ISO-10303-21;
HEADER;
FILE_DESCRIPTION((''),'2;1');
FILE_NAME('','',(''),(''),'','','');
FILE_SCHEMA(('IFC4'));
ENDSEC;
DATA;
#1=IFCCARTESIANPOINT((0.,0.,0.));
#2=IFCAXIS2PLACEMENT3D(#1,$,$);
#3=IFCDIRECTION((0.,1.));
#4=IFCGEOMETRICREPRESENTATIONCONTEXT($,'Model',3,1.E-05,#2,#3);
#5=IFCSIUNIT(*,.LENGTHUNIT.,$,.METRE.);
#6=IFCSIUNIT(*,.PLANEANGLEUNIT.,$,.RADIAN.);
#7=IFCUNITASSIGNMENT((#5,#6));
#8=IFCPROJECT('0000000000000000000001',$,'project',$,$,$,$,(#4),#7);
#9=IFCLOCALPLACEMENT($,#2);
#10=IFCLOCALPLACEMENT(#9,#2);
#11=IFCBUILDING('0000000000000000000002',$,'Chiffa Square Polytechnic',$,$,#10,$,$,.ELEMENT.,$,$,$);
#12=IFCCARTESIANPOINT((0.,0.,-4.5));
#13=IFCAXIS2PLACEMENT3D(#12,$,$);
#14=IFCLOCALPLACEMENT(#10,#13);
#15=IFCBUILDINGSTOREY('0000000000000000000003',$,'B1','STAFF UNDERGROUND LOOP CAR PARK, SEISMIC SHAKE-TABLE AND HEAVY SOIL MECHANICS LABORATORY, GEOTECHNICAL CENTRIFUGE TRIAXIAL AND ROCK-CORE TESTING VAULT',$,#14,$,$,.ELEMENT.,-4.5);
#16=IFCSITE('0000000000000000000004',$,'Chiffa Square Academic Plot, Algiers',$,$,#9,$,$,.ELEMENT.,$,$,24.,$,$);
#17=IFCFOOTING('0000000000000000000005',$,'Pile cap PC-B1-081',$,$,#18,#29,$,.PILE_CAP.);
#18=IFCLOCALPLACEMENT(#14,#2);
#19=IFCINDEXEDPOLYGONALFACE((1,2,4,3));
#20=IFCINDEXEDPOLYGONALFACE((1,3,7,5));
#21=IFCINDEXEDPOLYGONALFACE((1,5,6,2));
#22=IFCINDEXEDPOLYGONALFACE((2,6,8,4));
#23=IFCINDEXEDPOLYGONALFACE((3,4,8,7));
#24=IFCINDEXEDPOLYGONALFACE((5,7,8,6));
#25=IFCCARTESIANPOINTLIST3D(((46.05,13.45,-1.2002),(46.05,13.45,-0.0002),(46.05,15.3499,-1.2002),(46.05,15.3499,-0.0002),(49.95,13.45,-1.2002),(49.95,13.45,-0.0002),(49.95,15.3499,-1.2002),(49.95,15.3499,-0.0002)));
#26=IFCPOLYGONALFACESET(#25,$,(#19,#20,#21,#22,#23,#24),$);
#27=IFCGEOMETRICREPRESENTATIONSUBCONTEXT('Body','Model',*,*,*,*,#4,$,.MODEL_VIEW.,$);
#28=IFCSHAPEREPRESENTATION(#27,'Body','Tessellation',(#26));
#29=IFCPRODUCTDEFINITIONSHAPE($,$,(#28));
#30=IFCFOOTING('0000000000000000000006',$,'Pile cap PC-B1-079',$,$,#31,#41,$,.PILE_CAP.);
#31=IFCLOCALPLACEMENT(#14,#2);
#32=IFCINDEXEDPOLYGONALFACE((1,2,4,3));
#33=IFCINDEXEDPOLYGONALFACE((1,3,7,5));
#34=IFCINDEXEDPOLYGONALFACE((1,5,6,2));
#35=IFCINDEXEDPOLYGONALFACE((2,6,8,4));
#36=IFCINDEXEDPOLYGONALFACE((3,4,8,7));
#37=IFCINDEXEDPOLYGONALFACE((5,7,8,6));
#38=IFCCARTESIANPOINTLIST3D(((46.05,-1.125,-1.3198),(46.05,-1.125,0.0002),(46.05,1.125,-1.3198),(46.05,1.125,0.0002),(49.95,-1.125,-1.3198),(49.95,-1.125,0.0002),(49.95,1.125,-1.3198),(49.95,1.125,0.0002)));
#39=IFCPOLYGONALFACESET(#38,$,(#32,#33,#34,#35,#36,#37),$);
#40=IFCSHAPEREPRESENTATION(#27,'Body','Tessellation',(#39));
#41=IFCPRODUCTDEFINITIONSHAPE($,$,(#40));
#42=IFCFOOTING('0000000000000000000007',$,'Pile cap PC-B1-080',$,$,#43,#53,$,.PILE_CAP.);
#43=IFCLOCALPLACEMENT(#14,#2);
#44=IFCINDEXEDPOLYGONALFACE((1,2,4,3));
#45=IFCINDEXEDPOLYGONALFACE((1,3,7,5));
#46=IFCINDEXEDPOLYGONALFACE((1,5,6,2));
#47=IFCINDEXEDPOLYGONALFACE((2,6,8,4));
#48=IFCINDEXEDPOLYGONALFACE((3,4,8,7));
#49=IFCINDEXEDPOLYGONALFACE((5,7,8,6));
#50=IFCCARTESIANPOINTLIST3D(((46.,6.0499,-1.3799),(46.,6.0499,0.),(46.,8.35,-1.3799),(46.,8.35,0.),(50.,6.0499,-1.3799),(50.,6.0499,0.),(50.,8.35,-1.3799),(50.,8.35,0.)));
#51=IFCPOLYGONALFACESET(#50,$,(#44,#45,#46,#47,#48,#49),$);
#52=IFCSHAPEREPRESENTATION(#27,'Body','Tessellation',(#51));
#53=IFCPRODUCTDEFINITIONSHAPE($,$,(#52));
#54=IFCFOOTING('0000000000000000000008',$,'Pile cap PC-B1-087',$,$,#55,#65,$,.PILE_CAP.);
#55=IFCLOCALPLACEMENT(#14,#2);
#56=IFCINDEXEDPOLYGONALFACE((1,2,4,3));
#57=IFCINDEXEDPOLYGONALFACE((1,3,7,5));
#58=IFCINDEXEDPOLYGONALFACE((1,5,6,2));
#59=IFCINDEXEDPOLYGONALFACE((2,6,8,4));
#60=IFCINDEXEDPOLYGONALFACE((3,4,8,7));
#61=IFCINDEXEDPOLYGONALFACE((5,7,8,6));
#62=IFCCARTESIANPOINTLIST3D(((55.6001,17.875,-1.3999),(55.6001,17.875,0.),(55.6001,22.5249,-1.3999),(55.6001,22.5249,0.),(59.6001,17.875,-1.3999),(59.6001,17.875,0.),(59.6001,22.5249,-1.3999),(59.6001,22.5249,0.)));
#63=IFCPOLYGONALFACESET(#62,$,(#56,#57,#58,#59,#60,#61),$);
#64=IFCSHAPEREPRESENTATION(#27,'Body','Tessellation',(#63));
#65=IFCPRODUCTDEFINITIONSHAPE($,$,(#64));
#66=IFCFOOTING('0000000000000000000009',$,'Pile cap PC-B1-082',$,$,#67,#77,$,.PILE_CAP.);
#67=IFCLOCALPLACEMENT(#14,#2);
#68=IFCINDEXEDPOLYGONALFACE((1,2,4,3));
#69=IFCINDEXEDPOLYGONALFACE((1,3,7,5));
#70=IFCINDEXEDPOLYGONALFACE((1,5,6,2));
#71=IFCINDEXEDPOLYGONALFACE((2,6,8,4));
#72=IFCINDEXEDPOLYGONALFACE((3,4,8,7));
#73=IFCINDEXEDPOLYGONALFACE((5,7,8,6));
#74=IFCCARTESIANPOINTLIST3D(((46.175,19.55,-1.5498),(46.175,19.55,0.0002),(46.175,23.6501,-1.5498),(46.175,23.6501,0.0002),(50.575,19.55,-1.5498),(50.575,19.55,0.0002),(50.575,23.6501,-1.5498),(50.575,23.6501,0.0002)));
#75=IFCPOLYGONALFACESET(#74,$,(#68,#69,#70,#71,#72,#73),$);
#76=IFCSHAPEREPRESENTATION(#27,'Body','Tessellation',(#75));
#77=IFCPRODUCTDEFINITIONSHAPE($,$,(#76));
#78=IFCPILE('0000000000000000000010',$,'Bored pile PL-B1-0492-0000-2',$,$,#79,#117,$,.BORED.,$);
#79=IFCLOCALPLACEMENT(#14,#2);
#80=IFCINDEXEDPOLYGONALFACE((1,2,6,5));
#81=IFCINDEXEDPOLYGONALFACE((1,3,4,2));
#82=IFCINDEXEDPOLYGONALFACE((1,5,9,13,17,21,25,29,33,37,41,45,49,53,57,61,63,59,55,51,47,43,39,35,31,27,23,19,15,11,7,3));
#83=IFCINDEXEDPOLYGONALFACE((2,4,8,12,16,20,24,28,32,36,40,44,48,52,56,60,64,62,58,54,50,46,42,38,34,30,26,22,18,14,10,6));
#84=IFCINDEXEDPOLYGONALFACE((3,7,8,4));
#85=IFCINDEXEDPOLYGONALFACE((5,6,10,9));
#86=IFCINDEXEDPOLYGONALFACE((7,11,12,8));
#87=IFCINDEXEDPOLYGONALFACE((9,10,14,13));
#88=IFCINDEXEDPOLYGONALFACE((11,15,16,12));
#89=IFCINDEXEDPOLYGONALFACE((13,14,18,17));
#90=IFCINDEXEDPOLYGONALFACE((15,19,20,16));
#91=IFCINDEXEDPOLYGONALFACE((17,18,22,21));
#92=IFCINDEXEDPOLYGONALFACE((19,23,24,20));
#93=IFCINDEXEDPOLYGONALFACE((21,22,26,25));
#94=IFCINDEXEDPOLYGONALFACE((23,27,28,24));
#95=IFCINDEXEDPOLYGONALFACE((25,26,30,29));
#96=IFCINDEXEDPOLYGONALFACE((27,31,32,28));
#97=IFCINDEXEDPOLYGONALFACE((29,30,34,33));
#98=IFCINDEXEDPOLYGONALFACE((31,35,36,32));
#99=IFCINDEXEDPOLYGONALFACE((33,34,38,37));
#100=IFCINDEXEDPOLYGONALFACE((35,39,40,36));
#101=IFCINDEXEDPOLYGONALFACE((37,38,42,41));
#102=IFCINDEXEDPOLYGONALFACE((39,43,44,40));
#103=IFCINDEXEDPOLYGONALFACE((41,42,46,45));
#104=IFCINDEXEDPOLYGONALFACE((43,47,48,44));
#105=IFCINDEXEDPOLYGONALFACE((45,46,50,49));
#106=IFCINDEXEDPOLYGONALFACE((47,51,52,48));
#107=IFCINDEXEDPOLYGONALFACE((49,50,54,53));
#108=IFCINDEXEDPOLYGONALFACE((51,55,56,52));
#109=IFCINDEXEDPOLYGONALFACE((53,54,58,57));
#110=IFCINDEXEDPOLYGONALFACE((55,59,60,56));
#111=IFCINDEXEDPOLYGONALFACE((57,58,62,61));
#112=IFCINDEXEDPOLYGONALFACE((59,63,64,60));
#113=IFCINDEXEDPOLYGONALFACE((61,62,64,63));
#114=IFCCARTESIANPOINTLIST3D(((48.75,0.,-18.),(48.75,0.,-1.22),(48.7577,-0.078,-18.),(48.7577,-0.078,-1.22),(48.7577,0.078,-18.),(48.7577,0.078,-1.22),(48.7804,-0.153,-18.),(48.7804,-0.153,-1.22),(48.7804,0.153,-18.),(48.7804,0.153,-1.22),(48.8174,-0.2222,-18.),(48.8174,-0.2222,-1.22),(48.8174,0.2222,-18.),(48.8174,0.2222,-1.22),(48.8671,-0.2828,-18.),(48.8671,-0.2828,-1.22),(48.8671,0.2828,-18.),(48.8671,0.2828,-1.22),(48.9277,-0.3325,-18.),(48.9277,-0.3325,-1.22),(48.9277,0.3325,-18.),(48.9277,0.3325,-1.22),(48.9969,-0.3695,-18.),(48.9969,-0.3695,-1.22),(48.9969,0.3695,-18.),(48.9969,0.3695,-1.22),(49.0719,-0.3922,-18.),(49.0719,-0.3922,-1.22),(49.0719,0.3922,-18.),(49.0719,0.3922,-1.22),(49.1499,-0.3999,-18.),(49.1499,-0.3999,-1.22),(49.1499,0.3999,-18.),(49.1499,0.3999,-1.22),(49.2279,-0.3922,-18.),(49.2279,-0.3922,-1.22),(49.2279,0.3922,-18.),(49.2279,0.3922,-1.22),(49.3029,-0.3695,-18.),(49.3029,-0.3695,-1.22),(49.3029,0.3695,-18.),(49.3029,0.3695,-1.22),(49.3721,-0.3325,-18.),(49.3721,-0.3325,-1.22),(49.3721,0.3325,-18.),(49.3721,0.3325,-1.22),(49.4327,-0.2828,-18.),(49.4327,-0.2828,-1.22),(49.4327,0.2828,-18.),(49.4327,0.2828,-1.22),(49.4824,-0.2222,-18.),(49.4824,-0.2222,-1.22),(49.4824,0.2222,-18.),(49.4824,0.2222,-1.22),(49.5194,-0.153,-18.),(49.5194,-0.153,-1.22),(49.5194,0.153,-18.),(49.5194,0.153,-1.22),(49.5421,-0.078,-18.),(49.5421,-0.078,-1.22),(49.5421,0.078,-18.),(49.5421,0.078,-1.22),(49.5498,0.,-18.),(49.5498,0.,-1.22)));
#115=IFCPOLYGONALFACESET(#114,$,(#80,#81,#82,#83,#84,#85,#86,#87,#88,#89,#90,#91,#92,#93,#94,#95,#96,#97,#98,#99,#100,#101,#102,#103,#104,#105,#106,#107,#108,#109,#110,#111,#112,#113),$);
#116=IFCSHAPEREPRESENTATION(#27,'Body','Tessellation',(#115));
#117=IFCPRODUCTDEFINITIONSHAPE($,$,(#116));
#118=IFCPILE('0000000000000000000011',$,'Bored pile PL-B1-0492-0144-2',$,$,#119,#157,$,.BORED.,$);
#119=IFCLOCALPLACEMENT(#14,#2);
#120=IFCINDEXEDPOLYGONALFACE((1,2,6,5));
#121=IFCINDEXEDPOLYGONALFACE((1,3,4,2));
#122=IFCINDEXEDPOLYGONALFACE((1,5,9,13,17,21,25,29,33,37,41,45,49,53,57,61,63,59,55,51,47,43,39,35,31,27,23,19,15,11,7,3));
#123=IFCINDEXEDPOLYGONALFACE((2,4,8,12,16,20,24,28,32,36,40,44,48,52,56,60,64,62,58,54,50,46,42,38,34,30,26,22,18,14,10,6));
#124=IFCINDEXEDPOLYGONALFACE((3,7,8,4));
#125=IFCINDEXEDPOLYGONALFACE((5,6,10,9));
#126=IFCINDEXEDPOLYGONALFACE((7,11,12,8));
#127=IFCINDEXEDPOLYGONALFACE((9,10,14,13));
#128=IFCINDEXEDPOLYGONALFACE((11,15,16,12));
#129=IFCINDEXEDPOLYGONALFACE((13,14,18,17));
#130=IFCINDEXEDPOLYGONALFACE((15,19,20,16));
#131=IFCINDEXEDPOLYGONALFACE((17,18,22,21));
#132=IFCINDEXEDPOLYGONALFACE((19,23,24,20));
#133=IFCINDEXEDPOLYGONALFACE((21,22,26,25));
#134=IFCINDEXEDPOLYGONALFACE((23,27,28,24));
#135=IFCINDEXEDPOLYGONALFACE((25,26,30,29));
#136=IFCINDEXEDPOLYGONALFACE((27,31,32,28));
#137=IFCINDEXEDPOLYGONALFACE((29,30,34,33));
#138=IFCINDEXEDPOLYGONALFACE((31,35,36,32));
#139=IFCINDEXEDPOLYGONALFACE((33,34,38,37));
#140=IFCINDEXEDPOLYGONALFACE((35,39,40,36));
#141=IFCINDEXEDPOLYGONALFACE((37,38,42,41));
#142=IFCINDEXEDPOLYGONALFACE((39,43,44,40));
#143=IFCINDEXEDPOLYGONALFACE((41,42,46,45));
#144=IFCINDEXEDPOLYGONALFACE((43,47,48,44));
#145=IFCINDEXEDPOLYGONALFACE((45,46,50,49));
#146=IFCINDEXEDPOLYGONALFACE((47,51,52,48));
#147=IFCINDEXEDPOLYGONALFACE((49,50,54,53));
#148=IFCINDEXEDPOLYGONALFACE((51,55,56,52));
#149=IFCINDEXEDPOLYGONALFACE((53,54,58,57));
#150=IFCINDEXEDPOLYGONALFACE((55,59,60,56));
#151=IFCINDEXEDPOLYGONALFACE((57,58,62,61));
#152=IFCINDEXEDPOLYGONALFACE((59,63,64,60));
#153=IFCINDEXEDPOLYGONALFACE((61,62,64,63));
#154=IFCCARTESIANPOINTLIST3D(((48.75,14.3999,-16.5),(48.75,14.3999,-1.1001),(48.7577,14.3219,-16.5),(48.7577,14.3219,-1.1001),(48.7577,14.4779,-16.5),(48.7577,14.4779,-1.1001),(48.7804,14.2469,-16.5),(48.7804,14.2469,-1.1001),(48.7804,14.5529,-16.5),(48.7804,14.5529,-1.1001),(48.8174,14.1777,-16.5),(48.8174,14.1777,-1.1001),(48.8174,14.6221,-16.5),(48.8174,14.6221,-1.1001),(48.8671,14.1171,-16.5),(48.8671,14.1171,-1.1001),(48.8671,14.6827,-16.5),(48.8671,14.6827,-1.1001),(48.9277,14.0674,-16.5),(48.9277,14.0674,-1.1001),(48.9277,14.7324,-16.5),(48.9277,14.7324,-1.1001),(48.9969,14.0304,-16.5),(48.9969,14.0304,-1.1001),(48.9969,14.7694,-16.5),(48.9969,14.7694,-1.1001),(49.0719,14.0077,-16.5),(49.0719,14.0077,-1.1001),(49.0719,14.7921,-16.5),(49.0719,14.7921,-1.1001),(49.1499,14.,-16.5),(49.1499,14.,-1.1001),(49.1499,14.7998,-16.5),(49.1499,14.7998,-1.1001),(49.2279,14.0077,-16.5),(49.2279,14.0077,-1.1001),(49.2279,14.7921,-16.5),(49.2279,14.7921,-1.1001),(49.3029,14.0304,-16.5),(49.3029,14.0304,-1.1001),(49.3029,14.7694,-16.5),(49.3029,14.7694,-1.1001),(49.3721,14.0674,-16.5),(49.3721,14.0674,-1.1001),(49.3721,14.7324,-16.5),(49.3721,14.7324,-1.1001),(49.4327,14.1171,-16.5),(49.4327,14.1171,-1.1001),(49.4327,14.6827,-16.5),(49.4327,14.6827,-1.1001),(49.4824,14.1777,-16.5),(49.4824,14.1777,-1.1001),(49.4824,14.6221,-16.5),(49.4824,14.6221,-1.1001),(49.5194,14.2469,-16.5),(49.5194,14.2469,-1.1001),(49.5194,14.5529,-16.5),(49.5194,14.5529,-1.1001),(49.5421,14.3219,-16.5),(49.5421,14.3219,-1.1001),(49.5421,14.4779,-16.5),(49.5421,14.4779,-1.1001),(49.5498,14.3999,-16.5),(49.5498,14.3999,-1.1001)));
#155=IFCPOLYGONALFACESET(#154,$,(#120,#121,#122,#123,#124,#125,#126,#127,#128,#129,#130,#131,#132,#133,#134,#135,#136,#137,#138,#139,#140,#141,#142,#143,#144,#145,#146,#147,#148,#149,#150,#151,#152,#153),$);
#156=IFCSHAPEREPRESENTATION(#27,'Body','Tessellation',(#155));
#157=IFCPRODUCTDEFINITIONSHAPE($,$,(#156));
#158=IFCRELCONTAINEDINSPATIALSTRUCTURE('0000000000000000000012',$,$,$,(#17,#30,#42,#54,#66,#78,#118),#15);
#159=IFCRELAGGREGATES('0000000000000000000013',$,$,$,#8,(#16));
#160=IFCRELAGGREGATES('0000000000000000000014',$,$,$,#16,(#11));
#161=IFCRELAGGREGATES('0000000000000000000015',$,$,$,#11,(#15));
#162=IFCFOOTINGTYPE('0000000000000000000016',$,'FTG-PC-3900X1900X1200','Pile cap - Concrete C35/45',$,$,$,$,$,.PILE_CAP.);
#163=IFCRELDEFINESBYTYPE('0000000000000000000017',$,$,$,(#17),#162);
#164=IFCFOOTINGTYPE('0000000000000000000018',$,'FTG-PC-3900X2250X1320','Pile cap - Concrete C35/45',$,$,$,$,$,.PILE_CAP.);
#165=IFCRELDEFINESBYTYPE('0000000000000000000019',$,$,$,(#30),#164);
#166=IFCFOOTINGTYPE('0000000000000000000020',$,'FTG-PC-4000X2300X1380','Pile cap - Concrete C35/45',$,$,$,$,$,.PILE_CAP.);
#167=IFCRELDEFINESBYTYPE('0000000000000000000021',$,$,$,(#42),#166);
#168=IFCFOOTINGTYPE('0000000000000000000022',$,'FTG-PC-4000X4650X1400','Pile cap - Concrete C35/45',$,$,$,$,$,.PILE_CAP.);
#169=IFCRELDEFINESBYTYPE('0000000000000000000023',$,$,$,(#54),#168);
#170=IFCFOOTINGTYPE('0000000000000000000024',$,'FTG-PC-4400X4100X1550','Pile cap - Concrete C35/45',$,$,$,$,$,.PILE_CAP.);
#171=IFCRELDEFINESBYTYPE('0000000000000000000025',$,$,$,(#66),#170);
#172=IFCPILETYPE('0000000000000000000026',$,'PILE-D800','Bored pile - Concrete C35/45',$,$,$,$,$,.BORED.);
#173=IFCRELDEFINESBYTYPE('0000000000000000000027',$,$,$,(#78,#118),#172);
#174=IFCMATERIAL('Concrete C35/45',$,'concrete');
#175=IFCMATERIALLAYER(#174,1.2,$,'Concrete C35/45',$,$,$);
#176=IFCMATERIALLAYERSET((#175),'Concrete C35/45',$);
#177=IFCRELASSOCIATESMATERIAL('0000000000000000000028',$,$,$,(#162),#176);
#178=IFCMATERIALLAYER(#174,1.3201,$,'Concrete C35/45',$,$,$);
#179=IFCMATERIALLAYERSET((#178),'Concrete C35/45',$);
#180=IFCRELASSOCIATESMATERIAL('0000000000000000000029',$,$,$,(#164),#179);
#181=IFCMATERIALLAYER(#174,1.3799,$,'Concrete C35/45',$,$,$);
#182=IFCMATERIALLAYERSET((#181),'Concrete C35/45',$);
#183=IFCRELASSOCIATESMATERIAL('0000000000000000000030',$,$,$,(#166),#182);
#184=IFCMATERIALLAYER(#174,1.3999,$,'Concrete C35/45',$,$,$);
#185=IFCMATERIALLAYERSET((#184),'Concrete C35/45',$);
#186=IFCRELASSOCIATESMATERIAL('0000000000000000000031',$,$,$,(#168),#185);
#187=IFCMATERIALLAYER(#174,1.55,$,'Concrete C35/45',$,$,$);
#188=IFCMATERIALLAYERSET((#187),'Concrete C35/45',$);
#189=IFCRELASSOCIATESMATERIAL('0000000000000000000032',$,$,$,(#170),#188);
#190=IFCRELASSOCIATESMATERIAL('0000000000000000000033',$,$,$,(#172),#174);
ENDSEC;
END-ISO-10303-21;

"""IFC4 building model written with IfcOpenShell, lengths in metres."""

from ifc_helpers import new_model, si_unit, direction, frame, origin, origin_2d, place, context, subcontext, project, spatial, rectangle, circle, extrude, material, layer, layer_set, material_profile, profile_set, type_object, element, save


model = new_model("IFC4")

# Units and contexts
model_context = context("Model", 3, precision=1e-05, world=origin(), true_north=direction((0.0, 1.0)))
body_context = subcontext(model_context, "Body", "Model", "MODEL_VIEW")
ifc_project = project(units=[si_unit("LENGTHUNIT", "METRE"), si_unit("PLANEANGLEUNIT", "RADIAN")], contexts=[model_context])

# Site, building, storey
site_placement = place(None, origin())
site = spatial("IfcSite", under=ifc_project, at=site_placement, Name="Chiffa Square Academic Plot, Algiers", CompositionType="ELEMENT", RefElevation=24.0)
building_placement = place(site_placement, origin())
building = spatial("IfcBuilding", under=site, at=building_placement, Name="Chiffa Square Polytechnic", CompositionType="ELEMENT")
storey_placement = place(building_placement, frame((0.0, 0.0, -4.5)))
storey = spatial("IfcBuildingStorey", under=building, at=storey_placement, Name="B1", Description="STAFF UNDERGROUND LOOP CAR PARK, SEISMIC SHAKE-TABLE AND HEAVY SOIL MECHANICS LABORATORY, GEOTECHNICAL CENTRIFUGE TRIAXIAL AND ROCK-CORE TESTING VAULT", CompositionType="ELEMENT", Elevation=-4.5)

# Footings
ifc_material_1 = material(Name="Concrete C35/45", Category="concrete")
ifc_layer_1 = layer(ifc_material_1, 1.2, Name="Concrete C35/45")
ifc_layer_set_1 = layer_set([ifc_layer_1], Name="Concrete C35/45")
footing_type_1 = type_object("IfcFootingType", Name="FTG-PC-3900X1900X1200", Description="Pile cap - Concrete C35/45", PredefinedType="PILE_CAP", material=ifc_layer_set_1)
footing_1_placement = place(storey_placement, frame((48.0, 14.3999, -1.2002), z_axis=(0.0, 0.0, 1.0), x_axis=(1.0, 0.0, 0.0)))
element("IfcFooting", 1, at=footing_1_placement, inside=storey, type_object=footing_type_1, Name="Pile cap PC-B1-081", PredefinedType="PILE_CAP", context=body_context, shape_type="SweptSolid", body=[
    extrude(rectangle(XDim=3.8999, YDim=1.8999, at=origin_2d()), origin(), (0.0, 0.0, 1.0), 1.2),
])
ifc_layer_2 = layer(ifc_material_1, 1.3201, Name="Concrete C35/45")
ifc_layer_set_2 = layer_set([ifc_layer_2], Name="Concrete C35/45")
footing_type_2 = type_object("IfcFootingType", Name="FTG-PC-3900X2250X1320", Description="Pile cap - Concrete C35/45", PredefinedType="PILE_CAP", material=ifc_layer_set_2)
footing_2_placement = place(storey_placement, frame((48.0, 0.0, -1.3198), z_axis=(0.0, 0.0, 1.0), x_axis=(1.0, 0.0, 0.0)))
element("IfcFooting", 2, at=footing_2_placement, inside=storey, type_object=footing_type_2, Name="Pile cap PC-B1-079", PredefinedType="PILE_CAP", context=body_context, shape_type="SweptSolid", body=[
    extrude(rectangle(XDim=3.8999, YDim=2.25, at=origin_2d()), origin(), (0.0, 0.0, 1.0), 1.3201),
])
ifc_layer_3 = layer(ifc_material_1, 1.3799, Name="Concrete C35/45")
ifc_layer_set_3 = layer_set([ifc_layer_3], Name="Concrete C35/45")
footing_type_3 = type_object("IfcFootingType", Name="FTG-PC-4000X2300X1380", Description="Pile cap - Concrete C35/45", PredefinedType="PILE_CAP", material=ifc_layer_set_3)
footing_3_placement = place(storey_placement, frame((48.0, 7.2, -1.3799), z_axis=(0.0, 0.0, 1.0), x_axis=(1.0, 0.0, 0.0)))
element("IfcFooting", 3, at=footing_3_placement, inside=storey, type_object=footing_type_3, Name="Pile cap PC-B1-080", PredefinedType="PILE_CAP", context=body_context, shape_type="SweptSolid", body=[
    extrude(rectangle(XDim=4.0, YDim=2.3, at=origin_2d()), origin(), (0.0, 0.0, 1.0), 1.3799),
])
ifc_layer_4 = layer(ifc_material_1, 1.3999, Name="Concrete C35/45")
ifc_layer_set_4 = layer_set([ifc_layer_4], Name="Concrete C35/45")
footing_type_4 = type_object("IfcFootingType", Name="FTG-PC-4000X4650X1400", Description="Pile cap - Concrete C35/45", PredefinedType="PILE_CAP", material=ifc_layer_set_4)
footing_4_placement = place(storey_placement, frame((57.6001, 20.2, -1.3999), z_axis=(0.0, 0.0, 1.0), x_axis=(1.0, 0.0, 0.0)))
element("IfcFooting", 4, at=footing_4_placement, inside=storey, type_object=footing_type_4, Name="Pile cap PC-B1-087", PredefinedType="PILE_CAP", context=body_context, shape_type="SweptSolid", body=[
    extrude(rectangle(XDim=4.0, YDim=4.6499, at=origin_2d()), origin(), (0.0, 0.0, 1.0), 1.3999),
])
ifc_layer_5 = layer(ifc_material_1, 1.55, Name="Concrete C35/45")
ifc_layer_set_5 = layer_set([ifc_layer_5], Name="Concrete C35/45")
footing_type_5 = type_object("IfcFootingType", Name="FTG-PC-4400X4100X1550", Description="Pile cap - Concrete C35/45", PredefinedType="PILE_CAP", material=ifc_layer_set_5)
footing_5_placement = place(storey_placement, frame((48.375, 21.6001, -1.5498), z_axis=(0.0, 0.0, 1.0), x_axis=(1.0, 0.0, 0.0)))
element("IfcFooting", 5, at=footing_5_placement, inside=storey, type_object=footing_type_5, Name="Pile cap PC-B1-082", PredefinedType="PILE_CAP", context=body_context, shape_type="SweptSolid", body=[
    extrude(rectangle(XDim=4.3999, YDim=4.1001, at=origin_2d()), origin(), (0.0, 0.0, 1.0), 1.55),
])

# Piles
ifc_material_profile_1 = material_profile(ifc_material_1, circle(Radius=0.3999, at=origin_2d()), Name="PILE D800")
ifc_profile_set_1 = profile_set([ifc_material_profile_1], Name="Concrete C35/45")
pile_type_1 = type_object("IfcPileType", Name="PILE-D800", Description="Bored pile - Concrete C35/45", PredefinedType="BORED", material=ifc_profile_set_1)
pile_1_placement = place(storey_placement, frame((49.1499, 0.0, -1.22), z_axis=(0.0, 0.0, -1.0), x_axis=(1.0, 0.0, 0.0)))
element("IfcPile", 6, at=pile_1_placement, inside=storey, type_object=pile_type_1, Name="Bored pile PL-B1-0492-0000-2", PredefinedType="BORED", context=body_context, shape_type="SweptSolid", body=[
    extrude(circle(Radius=0.3999, at=origin_2d()), origin(), (0.0, 0.0, 1.0), 16.78),
])
pile_2_placement = place(storey_placement, frame((49.1499, 14.3999, -1.1001), z_axis=(0.0, 0.0, -1.0), x_axis=(1.0, 0.0, 0.0)))
element("IfcPile", 7, at=pile_2_placement, inside=storey, type_object=pile_type_1, Name="Bored pile PL-B1-0492-0144-2", PredefinedType="BORED", context=body_context, shape_type="SweptSolid", body=[
    extrude(circle(Radius=0.3999, at=origin_2d()), origin(), (0.0, 0.0, 1.0), 15.3999),
])

save(model, "model.ifc")
